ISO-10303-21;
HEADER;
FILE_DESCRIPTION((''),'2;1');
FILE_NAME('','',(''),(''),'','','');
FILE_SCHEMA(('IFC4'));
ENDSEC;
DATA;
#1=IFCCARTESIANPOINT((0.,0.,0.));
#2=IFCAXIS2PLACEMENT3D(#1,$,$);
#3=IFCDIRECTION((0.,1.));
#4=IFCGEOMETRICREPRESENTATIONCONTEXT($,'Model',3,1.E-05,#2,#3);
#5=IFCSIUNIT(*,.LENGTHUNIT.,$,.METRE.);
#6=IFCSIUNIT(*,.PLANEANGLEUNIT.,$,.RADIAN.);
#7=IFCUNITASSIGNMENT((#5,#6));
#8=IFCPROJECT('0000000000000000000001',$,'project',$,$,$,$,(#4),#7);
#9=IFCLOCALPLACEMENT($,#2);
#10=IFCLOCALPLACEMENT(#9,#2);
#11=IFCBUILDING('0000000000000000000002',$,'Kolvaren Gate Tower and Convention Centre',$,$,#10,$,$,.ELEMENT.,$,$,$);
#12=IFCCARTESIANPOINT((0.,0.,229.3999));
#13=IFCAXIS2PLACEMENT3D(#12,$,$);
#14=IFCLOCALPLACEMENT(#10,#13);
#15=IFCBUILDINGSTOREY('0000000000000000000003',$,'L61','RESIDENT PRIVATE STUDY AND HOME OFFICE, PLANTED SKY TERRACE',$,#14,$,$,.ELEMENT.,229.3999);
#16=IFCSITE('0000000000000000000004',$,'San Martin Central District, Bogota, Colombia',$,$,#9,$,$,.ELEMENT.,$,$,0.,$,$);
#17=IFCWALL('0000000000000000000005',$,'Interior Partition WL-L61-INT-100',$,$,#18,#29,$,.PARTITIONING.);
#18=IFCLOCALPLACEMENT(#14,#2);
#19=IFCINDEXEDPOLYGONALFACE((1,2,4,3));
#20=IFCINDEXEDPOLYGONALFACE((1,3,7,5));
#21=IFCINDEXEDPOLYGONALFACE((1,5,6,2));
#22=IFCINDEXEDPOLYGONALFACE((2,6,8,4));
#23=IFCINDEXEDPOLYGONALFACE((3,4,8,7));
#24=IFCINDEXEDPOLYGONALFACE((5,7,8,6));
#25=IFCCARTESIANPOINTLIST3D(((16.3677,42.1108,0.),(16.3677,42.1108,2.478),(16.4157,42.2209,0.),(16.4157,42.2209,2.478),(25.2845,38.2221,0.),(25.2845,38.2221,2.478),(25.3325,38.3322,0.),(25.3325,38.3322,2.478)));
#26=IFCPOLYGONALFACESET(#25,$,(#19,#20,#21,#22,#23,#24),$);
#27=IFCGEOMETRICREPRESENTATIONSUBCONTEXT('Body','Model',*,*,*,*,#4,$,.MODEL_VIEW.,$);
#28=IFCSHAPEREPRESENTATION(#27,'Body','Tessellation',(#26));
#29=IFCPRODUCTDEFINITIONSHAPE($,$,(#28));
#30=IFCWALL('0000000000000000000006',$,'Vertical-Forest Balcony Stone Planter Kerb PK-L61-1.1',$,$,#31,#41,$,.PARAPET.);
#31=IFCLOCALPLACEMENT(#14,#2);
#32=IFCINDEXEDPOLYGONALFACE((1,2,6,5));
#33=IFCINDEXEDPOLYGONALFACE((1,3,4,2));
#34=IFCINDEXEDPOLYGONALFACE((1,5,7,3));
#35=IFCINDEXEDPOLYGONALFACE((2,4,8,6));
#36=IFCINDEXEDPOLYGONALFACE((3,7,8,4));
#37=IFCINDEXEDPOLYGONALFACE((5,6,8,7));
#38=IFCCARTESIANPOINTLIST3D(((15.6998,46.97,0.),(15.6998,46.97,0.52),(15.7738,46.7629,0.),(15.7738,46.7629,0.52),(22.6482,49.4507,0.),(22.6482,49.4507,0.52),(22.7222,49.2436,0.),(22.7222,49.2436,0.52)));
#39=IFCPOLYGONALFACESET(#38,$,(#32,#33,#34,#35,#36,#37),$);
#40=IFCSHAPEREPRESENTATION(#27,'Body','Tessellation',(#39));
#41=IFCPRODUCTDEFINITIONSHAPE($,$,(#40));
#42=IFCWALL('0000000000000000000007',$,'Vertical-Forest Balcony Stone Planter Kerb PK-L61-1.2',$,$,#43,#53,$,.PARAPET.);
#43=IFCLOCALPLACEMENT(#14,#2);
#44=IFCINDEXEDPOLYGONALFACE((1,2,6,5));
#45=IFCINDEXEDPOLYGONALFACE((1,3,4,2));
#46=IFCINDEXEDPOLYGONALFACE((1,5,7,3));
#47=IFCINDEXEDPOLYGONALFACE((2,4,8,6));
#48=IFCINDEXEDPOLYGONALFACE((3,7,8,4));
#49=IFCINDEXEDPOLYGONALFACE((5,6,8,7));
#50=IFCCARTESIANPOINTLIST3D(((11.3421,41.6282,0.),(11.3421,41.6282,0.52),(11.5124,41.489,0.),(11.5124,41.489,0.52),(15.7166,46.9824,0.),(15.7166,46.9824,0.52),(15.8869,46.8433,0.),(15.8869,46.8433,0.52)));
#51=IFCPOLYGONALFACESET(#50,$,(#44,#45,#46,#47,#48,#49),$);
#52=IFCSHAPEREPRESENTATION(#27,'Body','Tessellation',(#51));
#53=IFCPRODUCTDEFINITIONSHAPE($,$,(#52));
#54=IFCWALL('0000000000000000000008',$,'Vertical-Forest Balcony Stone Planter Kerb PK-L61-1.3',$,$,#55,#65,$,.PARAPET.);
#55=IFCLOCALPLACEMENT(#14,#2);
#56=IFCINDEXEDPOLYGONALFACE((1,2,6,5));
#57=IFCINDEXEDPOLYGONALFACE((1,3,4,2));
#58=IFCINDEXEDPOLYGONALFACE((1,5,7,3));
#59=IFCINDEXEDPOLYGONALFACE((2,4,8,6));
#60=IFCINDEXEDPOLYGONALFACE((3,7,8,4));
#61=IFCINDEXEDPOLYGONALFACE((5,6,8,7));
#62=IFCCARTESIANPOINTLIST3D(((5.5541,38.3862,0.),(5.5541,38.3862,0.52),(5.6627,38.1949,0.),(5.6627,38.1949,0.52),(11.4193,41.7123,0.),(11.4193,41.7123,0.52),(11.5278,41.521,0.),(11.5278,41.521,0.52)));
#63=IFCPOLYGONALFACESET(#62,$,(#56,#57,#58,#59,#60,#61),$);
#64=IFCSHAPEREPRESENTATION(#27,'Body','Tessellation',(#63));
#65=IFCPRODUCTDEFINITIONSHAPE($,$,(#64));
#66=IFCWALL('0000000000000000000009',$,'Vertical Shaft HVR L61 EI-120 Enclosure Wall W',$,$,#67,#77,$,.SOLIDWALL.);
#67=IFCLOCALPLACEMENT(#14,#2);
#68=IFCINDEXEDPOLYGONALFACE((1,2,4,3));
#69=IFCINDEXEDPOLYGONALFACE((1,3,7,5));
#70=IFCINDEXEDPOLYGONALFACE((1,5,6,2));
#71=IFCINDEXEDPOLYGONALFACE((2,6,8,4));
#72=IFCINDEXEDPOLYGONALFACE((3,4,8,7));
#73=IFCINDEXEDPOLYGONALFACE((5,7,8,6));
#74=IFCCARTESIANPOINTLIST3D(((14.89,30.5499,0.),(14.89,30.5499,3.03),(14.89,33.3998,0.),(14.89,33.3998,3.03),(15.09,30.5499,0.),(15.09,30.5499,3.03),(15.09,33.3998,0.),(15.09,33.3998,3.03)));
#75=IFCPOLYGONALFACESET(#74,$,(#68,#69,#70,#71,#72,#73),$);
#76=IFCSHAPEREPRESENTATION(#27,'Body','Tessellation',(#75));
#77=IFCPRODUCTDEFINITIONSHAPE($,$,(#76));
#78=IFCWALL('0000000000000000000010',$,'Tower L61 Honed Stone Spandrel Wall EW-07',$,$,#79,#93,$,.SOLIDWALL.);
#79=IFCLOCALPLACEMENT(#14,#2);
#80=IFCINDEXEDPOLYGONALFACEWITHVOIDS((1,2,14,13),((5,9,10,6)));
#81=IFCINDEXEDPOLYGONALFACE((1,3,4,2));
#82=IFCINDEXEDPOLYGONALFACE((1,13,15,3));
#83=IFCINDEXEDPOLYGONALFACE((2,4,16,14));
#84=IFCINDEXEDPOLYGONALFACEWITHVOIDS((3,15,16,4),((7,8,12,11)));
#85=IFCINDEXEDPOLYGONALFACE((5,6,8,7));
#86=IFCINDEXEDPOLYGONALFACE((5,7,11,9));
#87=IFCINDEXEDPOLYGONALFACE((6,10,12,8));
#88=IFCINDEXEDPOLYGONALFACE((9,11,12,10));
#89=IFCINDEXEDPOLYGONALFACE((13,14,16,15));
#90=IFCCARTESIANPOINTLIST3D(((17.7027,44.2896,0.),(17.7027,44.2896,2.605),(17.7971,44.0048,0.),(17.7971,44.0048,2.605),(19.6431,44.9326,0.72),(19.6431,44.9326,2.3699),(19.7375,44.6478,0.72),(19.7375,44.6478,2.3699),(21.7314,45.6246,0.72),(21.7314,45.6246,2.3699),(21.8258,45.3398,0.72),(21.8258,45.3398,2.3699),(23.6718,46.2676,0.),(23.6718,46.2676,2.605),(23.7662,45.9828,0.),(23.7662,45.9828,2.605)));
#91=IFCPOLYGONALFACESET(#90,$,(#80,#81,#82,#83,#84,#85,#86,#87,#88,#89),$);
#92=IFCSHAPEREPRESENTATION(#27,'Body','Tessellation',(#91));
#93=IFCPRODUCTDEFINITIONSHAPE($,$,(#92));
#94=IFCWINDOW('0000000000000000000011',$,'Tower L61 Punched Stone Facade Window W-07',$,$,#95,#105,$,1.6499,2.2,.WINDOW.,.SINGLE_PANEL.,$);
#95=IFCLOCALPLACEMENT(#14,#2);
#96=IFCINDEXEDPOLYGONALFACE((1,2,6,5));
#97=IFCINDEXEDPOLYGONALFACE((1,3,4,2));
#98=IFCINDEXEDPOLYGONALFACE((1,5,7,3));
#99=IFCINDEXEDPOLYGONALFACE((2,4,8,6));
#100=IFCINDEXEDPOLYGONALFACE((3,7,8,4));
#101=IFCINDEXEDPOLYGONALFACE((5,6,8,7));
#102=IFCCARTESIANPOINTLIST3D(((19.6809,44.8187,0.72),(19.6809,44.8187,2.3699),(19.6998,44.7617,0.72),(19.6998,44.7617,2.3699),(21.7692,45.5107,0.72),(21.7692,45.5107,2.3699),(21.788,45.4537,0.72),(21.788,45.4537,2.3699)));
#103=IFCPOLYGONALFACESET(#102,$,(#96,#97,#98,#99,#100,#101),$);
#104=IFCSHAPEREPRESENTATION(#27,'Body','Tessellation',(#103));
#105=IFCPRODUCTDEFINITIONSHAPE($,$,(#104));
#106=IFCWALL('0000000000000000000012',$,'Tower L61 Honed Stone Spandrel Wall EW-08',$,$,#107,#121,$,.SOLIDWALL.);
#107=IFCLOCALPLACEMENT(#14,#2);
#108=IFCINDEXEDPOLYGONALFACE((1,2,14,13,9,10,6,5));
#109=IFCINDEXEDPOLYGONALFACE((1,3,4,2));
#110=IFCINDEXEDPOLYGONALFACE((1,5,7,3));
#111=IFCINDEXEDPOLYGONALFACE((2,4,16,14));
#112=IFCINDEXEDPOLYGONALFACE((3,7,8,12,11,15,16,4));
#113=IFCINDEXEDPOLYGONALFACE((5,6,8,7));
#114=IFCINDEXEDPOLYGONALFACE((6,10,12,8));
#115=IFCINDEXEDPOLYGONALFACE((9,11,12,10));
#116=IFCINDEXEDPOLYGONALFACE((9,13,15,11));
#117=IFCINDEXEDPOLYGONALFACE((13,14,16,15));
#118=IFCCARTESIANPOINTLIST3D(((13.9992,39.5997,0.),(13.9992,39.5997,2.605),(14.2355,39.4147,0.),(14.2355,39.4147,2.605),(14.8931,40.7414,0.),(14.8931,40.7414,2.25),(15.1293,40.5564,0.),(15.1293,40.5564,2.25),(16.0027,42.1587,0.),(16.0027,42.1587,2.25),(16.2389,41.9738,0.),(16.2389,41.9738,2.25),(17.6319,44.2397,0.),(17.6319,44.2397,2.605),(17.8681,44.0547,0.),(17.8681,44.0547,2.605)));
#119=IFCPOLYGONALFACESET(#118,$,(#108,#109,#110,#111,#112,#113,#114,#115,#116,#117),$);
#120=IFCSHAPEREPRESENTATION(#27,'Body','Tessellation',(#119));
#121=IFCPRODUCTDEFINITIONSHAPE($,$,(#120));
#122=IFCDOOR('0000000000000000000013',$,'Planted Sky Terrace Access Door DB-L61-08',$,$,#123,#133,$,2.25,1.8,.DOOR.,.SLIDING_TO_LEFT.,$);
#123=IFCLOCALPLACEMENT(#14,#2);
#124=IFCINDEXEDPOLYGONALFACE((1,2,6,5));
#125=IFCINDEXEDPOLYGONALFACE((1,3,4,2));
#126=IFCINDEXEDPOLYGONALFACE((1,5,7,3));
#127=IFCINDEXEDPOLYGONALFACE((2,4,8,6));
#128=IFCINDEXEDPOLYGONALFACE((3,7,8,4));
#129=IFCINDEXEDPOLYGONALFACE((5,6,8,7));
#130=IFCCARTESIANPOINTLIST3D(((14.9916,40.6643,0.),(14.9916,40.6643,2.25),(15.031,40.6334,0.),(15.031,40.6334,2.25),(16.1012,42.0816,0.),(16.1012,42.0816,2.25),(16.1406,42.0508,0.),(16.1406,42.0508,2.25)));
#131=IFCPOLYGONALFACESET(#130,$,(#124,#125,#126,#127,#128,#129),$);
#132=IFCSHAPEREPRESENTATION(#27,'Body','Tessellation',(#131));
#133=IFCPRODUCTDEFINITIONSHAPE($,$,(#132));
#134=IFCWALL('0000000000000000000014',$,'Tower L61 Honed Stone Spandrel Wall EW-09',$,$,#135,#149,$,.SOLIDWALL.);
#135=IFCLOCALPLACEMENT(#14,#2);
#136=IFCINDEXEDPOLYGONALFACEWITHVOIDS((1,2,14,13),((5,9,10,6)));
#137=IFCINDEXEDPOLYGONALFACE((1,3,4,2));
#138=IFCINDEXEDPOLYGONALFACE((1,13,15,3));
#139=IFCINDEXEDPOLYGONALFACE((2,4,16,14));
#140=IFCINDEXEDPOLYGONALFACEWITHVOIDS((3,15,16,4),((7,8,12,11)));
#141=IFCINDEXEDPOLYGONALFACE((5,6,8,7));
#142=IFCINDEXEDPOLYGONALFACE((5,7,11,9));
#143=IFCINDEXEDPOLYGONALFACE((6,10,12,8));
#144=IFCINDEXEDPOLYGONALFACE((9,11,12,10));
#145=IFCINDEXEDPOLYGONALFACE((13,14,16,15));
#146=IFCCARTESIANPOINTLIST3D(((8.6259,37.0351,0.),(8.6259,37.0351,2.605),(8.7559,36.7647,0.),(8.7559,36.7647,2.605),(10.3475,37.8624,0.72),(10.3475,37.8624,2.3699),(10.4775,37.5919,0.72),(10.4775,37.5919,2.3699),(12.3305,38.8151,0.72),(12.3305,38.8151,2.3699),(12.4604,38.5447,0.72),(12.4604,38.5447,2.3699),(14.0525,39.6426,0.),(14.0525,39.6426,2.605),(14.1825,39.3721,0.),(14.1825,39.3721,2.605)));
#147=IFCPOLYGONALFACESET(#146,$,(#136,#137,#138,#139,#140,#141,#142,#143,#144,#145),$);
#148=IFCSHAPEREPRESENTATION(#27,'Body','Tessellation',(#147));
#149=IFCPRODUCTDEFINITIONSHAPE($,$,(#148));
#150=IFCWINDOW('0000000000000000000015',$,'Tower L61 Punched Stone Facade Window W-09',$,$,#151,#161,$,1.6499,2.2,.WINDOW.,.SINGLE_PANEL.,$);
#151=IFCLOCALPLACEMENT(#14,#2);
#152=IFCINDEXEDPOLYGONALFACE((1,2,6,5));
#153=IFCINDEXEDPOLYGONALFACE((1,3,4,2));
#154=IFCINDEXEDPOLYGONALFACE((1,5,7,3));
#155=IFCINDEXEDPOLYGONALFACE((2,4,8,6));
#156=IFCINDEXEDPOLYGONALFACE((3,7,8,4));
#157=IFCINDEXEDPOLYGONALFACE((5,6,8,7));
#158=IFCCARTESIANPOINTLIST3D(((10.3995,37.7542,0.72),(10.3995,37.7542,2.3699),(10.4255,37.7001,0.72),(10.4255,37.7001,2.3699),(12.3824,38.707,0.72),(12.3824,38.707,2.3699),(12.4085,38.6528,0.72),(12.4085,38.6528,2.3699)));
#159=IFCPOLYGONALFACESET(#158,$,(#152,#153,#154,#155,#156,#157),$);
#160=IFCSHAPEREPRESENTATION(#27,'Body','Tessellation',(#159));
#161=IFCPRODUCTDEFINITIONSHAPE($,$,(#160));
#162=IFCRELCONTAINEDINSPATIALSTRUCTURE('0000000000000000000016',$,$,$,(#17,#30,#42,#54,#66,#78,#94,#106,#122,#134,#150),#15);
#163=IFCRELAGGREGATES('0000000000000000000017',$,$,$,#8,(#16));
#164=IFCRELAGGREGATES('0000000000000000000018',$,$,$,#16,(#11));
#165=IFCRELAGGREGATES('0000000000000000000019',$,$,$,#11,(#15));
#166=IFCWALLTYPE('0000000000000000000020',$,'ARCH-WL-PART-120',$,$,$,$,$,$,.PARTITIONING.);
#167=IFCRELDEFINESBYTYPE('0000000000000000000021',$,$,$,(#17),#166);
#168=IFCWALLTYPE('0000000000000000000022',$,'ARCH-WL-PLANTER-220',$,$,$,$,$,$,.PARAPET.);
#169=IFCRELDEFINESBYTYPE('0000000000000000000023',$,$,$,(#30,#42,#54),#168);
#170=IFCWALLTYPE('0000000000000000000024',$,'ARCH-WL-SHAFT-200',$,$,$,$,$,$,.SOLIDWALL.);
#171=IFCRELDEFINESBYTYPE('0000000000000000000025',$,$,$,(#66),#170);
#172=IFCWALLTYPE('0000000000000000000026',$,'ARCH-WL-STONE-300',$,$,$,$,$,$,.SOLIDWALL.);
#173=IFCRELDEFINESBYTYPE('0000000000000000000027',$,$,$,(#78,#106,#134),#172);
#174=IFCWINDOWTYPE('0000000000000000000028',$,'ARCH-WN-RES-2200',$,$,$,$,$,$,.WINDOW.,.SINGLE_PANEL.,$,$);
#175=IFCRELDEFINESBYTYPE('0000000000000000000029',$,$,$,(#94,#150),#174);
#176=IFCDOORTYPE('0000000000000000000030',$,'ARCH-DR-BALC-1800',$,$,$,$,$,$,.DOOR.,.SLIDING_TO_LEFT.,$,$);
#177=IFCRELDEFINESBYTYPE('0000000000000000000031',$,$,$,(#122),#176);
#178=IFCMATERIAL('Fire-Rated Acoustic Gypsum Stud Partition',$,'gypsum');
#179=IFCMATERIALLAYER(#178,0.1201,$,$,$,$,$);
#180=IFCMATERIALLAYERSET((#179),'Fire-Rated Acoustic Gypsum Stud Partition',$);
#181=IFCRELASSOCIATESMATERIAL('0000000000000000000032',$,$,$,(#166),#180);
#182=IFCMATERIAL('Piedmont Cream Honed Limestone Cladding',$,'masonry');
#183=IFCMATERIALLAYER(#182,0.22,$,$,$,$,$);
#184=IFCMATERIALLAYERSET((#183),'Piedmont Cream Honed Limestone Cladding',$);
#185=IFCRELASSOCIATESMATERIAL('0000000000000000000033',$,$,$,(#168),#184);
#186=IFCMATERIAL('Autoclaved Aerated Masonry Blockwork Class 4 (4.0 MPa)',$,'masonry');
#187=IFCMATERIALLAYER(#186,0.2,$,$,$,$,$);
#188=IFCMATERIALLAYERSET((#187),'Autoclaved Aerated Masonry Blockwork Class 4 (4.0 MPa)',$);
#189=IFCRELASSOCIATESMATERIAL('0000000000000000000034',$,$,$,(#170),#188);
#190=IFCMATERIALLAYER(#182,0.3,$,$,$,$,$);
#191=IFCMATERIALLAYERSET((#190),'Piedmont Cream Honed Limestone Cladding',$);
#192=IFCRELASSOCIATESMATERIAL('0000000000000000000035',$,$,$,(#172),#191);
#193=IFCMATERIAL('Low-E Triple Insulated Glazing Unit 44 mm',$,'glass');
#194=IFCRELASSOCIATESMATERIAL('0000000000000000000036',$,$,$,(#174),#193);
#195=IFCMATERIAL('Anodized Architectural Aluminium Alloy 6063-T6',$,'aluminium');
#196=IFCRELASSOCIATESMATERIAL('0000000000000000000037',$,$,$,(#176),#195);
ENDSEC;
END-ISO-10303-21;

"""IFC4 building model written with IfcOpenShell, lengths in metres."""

from ifc_helpers import new_model, si_unit, direction, frame, frame_2d, origin, place, context, subcontext, project, spatial, rectangle, extrude, material, layer, layer_set, type_object, element, fill, save


model = new_model("IFC4")

# Units and contexts
model_context = context("Model", 3, precision=1e-05, world=origin(), true_north=direction((0.0, 1.0)))
body_context = subcontext(model_context, "Body", "Model", "MODEL_VIEW")
ifc_project = project(units=[si_unit("LENGTHUNIT", "METRE"), si_unit("PLANEANGLEUNIT", "RADIAN")], contexts=[model_context])

# Site, building, storey
site_placement = place(None, origin())
site = spatial("IfcSite", under=ifc_project, at=site_placement, Name="San Martin Central District, Bogota, Colombia", CompositionType="ELEMENT", RefElevation=0.0)
building_placement = place(site_placement, origin())
building = spatial("IfcBuilding", under=site, at=building_placement, Name="Kolvaren Gate Tower and Convention Centre", CompositionType="ELEMENT")
storey_placement = place(building_placement, frame((0.0, 0.0, 229.3999)))
storey = spatial("IfcBuildingStorey", under=building, at=storey_placement, Name="L61", Description="RESIDENT PRIVATE STUDY AND HOME OFFICE, PLANTED SKY TERRACE", CompositionType="ELEMENT", Elevation=229.3999)

# Walls
ifc_material_1 = material(Name="Fire-Rated Acoustic Gypsum Stud Partition", Category="gypsum")
ifc_layer_1 = layer(ifc_material_1, 0.1201)
ifc_layer_set_1 = layer_set([ifc_layer_1], Name="Fire-Rated Acoustic Gypsum Stud Partition")
wall_type_1 = type_object("IfcWallType", Name="ARCH-WL-PART-120", PredefinedType="PARTITIONING", material=ifc_layer_set_1)
wall_1_placement = place(storey_placement, frame((16.3918, 42.1658, 0.0), z_axis=(0.0, 0.0, 1.0), x_axis=(0.916625, -0.399748, 0.0)))
element("IfcWall", 1, at=wall_1_placement, inside=storey, type_object=wall_type_1, Name="Interior Partition WL-L61-INT-100", PredefinedType="PARTITIONING", context=body_context, shape_type="SweptSolid", body=[
    extrude(rectangle(XDim=9.7278, YDim=0.1201, at=frame_2d((4.8638, 0.0))), origin(), (0.0, 0.0, 1.0), 2.478),
])
ifc_material_2 = material(Name="Piedmont Cream Honed Limestone Cladding", Category="masonry")
ifc_layer_2 = layer(ifc_material_2, 0.22)
ifc_layer_set_2 = layer_set([ifc_layer_2], Name="Piedmont Cream Honed Limestone Cladding")
wall_type_2 = type_object("IfcWallType", Name="ARCH-WL-PLANTER-220", PredefinedType="PARAPET", material=ifc_layer_set_2)
wall_2_placement = place(storey_placement, frame((15.7368, 46.8665, 0.0), z_axis=(0.0, 0.0, 1.0), x_axis=(0.94178, 0.336229, 0.0)))
element("IfcWall", 2, at=wall_2_placement, inside=storey, type_object=wall_type_2, Name="Vertical-Forest Balcony Stone Planter Kerb PK-L61-1.1", PredefinedType="PARAPET", context=body_context, shape_type="SweptSolid", body=[
    extrude(rectangle(XDim=7.3779, YDim=0.22, at=frame_2d((3.689, 0.0))), origin(), (0.0, 0.0, 1.0), 0.52),
])
wall_3_placement = place(storey_placement, frame((11.4272, 41.5586, 0.0), z_axis=(0.0, 0.0, 1.0), x_axis=(0.632697, 0.774399, 0.0)))
element("IfcWall", 3, at=wall_3_placement, inside=storey, type_object=wall_type_2, Name="Vertical-Forest Balcony Stone Planter Kerb PK-L61-1.2", PredefinedType="PARAPET", context=body_context, shape_type="SweptSolid", body=[
    extrude(rectangle(XDim=6.9141, YDim=0.22, at=frame_2d((3.457, 0.0))), origin(), (0.0, 0.0, 1.0), 0.52),
])
wall_4_placement = place(storey_placement, frame((5.6084, 38.2905, 0.0), z_axis=(0.0, 0.0, 1.0), x_axis=(0.869861, 0.493298, 0.0)))
element("IfcWall", 4, at=wall_4_placement, inside=storey, type_object=wall_type_2, Name="Vertical-Forest Balcony Stone Planter Kerb PK-L61-1.3", PredefinedType="PARAPET", context=body_context, shape_type="SweptSolid", body=[
    extrude(rectangle(XDim=6.7427, YDim=0.22, at=frame_2d((3.3713, 0.0))), origin(), (0.0, 0.0, 1.0), 0.52),
])
ifc_material_3 = material(Name="Autoclaved Aerated Masonry Blockwork Class 4 (4.0 MPa)", Category="masonry")
ifc_layer_3 = layer(ifc_material_3, 0.2)
ifc_layer_set_3 = layer_set([ifc_layer_3], Name="Autoclaved Aerated Masonry Blockwork Class 4 (4.0 MPa)")
wall_type_3 = type_object("IfcWallType", Name="ARCH-WL-SHAFT-200", PredefinedType="SOLIDWALL", material=ifc_layer_set_3)
wall_5_placement = place(storey_placement, frame((14.99, 30.55, 0.0), z_axis=(0.0, 0.0, 1.0), x_axis=(0.0, 1.0, 0.0)))
element("IfcWall", 5, at=wall_5_placement, inside=storey, type_object=wall_type_3, Name="Vertical Shaft HVR L61 EI-120 Enclosure Wall W", PredefinedType="SOLIDWALL", context=body_context, shape_type="SweptSolid", body=[
    extrude(rectangle(XDim=2.8499, YDim=0.2, at=frame_2d((1.4248, 0.0))), origin(), (0.0, 0.0, 1.0), 3.03),
])

# Wall, opening, window
ifc_layer_4 = layer(ifc_material_2, 0.3)
ifc_layer_set_4 = layer_set([ifc_layer_4], Name="Piedmont Cream Honed Limestone Cladding")
wall_type_4 = type_object("IfcWallType", Name="ARCH-WL-STONE-300", PredefinedType="SOLIDWALL", material=ifc_layer_set_4)
wall_6_placement = place(storey_placement, frame((17.75, 44.1472, 0.0), z_axis=(0.0, 0.0, 1.0), x_axis=(0.949241, 0.31455, 0.0)))
wall_6 = element("IfcWall", 6, at=wall_6_placement, inside=storey, type_object=wall_type_4, Name="Tower L61 Honed Stone Spandrel Wall EW-07", PredefinedType="SOLIDWALL", context=body_context, shape_type="SweptSolid", body=[
    extrude(rectangle(XDim=6.2883, YDim=0.3, at=frame_2d((3.144, 0.0))), origin(), (0.0, 0.0, 1.0), 2.605),
])
opening_1_placement = place(wall_6_placement, frame((2.0439, 0.0, 0.72)))
opening_1 = element("IfcOpeningElement", 7, at=opening_1_placement, cuts=wall_6, PredefinedType="OPENING", context=body_context, shape_type="SweptSolid", body=[
    extrude(rectangle(XDim=2.2, YDim=1.6499, at=frame_2d((1.1001, 0.825))), frame((0.0, 0.1599, 0.0), z_axis=(0.0, -1.0, 0.0), x_axis=(1.0, 0.0, 0.0)), (0.0, 0.0, 1.0), 0.3201),
])
ifc_material_4 = material(Name="Low-E Triple Insulated Glazing Unit 44 mm", Category="glass")
window_type = type_object("IfcWindowType", Name="ARCH-WN-RES-2200", PartitioningType="SINGLE_PANEL", PredefinedType="WINDOW", material=ifc_material_4)
window_1_placement = place(opening_1_placement, origin())
window_1 = element("IfcWindow", 8, at=window_1_placement, inside=storey, type_object=window_type, Name="Tower L61 Punched Stone Facade Window W-07", OverallHeight=1.6499, OverallWidth=2.2, PartitioningType="SINGLE_PANEL", PredefinedType="WINDOW", context=body_context, shape_type="SweptSolid", body=[
    extrude(rectangle(XDim=2.2, YDim=1.6499, at=frame_2d((1.1001, 0.825))), frame((0.0, 0.03, 0.0), z_axis=(0.0, -1.0, 0.0), x_axis=(1.0, 0.0, 0.0)), (0.0, 0.0, 1.0), 0.0601),
])
fill(opening_1, window_1)

# Wall, opening, door
wall_7_placement = place(storey_placement, frame((14.1174, 39.5073, 0.0), z_axis=(0.0, 0.0, 1.0), x_axis=(0.61645, 0.787394, 0.0)))
wall_7 = element("IfcWall", 9, at=wall_7_placement, inside=storey, type_object=wall_type_4, Name="Tower L61 Honed Stone Spandrel Wall EW-08", PredefinedType="SOLIDWALL", context=body_context, shape_type="SweptSolid", body=[
    extrude(rectangle(XDim=5.8928, YDim=0.3, at=frame_2d((2.9463, 0.0))), origin(), (0.0, 0.0, 1.0), 2.605),
])
opening_2_placement = place(wall_7_placement, frame((1.45, 0.0, 0.0)))
opening_2 = element("IfcOpeningElement", 10, at=opening_2_placement, cuts=wall_7, PredefinedType="OPENING", context=body_context, shape_type="SweptSolid", body=[
    extrude(rectangle(XDim=1.8, YDim=2.25, at=frame_2d((0.8999, 1.125))), frame((0.0, 0.1599, 0.0), z_axis=(0.0, -1.0, 0.0), x_axis=(1.0, 0.0, 0.0)), (0.0, 0.0, 1.0), 0.3201),
])
ifc_material_5 = material(Name="Anodized Architectural Aluminium Alloy 6063-T6", Category="aluminium")
door_type = type_object("IfcDoorType", Name="ARCH-DR-BALC-1800", OperationType="SLIDING_TO_LEFT", PredefinedType="DOOR", material=ifc_material_5)
door_placement = place(opening_2_placement, origin())
door = element("IfcDoor", 11, at=door_placement, inside=storey, type_object=door_type, Name="Planted Sky Terrace Access Door DB-L61-08", OperationType="SLIDING_TO_LEFT", OverallHeight=2.25, OverallWidth=1.8, PredefinedType="DOOR", context=body_context, shape_type="SweptSolid", body=[
    extrude(rectangle(XDim=1.8, YDim=2.25, at=frame_2d((0.8999, 1.125))), frame((0.0, 0.0249, 0.0), z_axis=(0.0, -1.0, 0.0), x_axis=(1.0, 0.0, 0.0)), (0.0, 0.0, 1.0), 0.05),
])
fill(opening_2, door)

# Wall, opening, window
wall_8_placement = place(storey_placement, frame((8.6909, 36.8999, 0.0), z_axis=(0.0, 0.0, 1.0), x_axis=(0.901348, 0.433095, 0.0)))
wall_8 = element("IfcWall", 12, at=wall_8_placement, inside=storey, type_object=wall_type_4, Name="Tower L61 Honed Stone Spandrel Wall EW-09", PredefinedType="SOLIDWALL", context=body_context, shape_type="SweptSolid", body=[
    extrude(rectangle(XDim=6.0205, YDim=0.3, at=frame_2d((3.0103, 0.0))), origin(), (0.0, 0.0, 1.0), 2.605),
])
opening_3_placement = place(wall_8_placement, frame((1.9099, 0.0, 0.72)))
opening_3 = element("IfcOpeningElement", 13, at=opening_3_placement, cuts=wall_8, PredefinedType="OPENING", context=body_context, shape_type="SweptSolid", body=[
    extrude(rectangle(XDim=2.2, YDim=1.6499, at=frame_2d((1.1001, 0.825))), frame((0.0, 0.1599, 0.0), z_axis=(0.0, -1.0, 0.0), x_axis=(1.0, 0.0, 0.0)), (0.0, 0.0, 1.0), 0.3201),
])
window_2_placement = place(opening_3_placement, origin())
window_2 = element("IfcWindow", 14, at=window_2_placement, inside=storey, type_object=window_type, Name="Tower L61 Punched Stone Facade Window W-09", OverallHeight=1.6499, OverallWidth=2.2, PartitioningType="SINGLE_PANEL", PredefinedType="WINDOW", context=body_context, shape_type="SweptSolid", body=[
    extrude(rectangle(XDim=2.2, YDim=1.6499, at=frame_2d((1.1001, 0.825))), frame((0.0, 0.03, 0.0), z_axis=(0.0, -1.0, 0.0), x_axis=(1.0, 0.0, 0.0)), (0.0, 0.0, 1.0), 0.0601),
])
fill(opening_3, window_2)

save(model, "model.ifc")
